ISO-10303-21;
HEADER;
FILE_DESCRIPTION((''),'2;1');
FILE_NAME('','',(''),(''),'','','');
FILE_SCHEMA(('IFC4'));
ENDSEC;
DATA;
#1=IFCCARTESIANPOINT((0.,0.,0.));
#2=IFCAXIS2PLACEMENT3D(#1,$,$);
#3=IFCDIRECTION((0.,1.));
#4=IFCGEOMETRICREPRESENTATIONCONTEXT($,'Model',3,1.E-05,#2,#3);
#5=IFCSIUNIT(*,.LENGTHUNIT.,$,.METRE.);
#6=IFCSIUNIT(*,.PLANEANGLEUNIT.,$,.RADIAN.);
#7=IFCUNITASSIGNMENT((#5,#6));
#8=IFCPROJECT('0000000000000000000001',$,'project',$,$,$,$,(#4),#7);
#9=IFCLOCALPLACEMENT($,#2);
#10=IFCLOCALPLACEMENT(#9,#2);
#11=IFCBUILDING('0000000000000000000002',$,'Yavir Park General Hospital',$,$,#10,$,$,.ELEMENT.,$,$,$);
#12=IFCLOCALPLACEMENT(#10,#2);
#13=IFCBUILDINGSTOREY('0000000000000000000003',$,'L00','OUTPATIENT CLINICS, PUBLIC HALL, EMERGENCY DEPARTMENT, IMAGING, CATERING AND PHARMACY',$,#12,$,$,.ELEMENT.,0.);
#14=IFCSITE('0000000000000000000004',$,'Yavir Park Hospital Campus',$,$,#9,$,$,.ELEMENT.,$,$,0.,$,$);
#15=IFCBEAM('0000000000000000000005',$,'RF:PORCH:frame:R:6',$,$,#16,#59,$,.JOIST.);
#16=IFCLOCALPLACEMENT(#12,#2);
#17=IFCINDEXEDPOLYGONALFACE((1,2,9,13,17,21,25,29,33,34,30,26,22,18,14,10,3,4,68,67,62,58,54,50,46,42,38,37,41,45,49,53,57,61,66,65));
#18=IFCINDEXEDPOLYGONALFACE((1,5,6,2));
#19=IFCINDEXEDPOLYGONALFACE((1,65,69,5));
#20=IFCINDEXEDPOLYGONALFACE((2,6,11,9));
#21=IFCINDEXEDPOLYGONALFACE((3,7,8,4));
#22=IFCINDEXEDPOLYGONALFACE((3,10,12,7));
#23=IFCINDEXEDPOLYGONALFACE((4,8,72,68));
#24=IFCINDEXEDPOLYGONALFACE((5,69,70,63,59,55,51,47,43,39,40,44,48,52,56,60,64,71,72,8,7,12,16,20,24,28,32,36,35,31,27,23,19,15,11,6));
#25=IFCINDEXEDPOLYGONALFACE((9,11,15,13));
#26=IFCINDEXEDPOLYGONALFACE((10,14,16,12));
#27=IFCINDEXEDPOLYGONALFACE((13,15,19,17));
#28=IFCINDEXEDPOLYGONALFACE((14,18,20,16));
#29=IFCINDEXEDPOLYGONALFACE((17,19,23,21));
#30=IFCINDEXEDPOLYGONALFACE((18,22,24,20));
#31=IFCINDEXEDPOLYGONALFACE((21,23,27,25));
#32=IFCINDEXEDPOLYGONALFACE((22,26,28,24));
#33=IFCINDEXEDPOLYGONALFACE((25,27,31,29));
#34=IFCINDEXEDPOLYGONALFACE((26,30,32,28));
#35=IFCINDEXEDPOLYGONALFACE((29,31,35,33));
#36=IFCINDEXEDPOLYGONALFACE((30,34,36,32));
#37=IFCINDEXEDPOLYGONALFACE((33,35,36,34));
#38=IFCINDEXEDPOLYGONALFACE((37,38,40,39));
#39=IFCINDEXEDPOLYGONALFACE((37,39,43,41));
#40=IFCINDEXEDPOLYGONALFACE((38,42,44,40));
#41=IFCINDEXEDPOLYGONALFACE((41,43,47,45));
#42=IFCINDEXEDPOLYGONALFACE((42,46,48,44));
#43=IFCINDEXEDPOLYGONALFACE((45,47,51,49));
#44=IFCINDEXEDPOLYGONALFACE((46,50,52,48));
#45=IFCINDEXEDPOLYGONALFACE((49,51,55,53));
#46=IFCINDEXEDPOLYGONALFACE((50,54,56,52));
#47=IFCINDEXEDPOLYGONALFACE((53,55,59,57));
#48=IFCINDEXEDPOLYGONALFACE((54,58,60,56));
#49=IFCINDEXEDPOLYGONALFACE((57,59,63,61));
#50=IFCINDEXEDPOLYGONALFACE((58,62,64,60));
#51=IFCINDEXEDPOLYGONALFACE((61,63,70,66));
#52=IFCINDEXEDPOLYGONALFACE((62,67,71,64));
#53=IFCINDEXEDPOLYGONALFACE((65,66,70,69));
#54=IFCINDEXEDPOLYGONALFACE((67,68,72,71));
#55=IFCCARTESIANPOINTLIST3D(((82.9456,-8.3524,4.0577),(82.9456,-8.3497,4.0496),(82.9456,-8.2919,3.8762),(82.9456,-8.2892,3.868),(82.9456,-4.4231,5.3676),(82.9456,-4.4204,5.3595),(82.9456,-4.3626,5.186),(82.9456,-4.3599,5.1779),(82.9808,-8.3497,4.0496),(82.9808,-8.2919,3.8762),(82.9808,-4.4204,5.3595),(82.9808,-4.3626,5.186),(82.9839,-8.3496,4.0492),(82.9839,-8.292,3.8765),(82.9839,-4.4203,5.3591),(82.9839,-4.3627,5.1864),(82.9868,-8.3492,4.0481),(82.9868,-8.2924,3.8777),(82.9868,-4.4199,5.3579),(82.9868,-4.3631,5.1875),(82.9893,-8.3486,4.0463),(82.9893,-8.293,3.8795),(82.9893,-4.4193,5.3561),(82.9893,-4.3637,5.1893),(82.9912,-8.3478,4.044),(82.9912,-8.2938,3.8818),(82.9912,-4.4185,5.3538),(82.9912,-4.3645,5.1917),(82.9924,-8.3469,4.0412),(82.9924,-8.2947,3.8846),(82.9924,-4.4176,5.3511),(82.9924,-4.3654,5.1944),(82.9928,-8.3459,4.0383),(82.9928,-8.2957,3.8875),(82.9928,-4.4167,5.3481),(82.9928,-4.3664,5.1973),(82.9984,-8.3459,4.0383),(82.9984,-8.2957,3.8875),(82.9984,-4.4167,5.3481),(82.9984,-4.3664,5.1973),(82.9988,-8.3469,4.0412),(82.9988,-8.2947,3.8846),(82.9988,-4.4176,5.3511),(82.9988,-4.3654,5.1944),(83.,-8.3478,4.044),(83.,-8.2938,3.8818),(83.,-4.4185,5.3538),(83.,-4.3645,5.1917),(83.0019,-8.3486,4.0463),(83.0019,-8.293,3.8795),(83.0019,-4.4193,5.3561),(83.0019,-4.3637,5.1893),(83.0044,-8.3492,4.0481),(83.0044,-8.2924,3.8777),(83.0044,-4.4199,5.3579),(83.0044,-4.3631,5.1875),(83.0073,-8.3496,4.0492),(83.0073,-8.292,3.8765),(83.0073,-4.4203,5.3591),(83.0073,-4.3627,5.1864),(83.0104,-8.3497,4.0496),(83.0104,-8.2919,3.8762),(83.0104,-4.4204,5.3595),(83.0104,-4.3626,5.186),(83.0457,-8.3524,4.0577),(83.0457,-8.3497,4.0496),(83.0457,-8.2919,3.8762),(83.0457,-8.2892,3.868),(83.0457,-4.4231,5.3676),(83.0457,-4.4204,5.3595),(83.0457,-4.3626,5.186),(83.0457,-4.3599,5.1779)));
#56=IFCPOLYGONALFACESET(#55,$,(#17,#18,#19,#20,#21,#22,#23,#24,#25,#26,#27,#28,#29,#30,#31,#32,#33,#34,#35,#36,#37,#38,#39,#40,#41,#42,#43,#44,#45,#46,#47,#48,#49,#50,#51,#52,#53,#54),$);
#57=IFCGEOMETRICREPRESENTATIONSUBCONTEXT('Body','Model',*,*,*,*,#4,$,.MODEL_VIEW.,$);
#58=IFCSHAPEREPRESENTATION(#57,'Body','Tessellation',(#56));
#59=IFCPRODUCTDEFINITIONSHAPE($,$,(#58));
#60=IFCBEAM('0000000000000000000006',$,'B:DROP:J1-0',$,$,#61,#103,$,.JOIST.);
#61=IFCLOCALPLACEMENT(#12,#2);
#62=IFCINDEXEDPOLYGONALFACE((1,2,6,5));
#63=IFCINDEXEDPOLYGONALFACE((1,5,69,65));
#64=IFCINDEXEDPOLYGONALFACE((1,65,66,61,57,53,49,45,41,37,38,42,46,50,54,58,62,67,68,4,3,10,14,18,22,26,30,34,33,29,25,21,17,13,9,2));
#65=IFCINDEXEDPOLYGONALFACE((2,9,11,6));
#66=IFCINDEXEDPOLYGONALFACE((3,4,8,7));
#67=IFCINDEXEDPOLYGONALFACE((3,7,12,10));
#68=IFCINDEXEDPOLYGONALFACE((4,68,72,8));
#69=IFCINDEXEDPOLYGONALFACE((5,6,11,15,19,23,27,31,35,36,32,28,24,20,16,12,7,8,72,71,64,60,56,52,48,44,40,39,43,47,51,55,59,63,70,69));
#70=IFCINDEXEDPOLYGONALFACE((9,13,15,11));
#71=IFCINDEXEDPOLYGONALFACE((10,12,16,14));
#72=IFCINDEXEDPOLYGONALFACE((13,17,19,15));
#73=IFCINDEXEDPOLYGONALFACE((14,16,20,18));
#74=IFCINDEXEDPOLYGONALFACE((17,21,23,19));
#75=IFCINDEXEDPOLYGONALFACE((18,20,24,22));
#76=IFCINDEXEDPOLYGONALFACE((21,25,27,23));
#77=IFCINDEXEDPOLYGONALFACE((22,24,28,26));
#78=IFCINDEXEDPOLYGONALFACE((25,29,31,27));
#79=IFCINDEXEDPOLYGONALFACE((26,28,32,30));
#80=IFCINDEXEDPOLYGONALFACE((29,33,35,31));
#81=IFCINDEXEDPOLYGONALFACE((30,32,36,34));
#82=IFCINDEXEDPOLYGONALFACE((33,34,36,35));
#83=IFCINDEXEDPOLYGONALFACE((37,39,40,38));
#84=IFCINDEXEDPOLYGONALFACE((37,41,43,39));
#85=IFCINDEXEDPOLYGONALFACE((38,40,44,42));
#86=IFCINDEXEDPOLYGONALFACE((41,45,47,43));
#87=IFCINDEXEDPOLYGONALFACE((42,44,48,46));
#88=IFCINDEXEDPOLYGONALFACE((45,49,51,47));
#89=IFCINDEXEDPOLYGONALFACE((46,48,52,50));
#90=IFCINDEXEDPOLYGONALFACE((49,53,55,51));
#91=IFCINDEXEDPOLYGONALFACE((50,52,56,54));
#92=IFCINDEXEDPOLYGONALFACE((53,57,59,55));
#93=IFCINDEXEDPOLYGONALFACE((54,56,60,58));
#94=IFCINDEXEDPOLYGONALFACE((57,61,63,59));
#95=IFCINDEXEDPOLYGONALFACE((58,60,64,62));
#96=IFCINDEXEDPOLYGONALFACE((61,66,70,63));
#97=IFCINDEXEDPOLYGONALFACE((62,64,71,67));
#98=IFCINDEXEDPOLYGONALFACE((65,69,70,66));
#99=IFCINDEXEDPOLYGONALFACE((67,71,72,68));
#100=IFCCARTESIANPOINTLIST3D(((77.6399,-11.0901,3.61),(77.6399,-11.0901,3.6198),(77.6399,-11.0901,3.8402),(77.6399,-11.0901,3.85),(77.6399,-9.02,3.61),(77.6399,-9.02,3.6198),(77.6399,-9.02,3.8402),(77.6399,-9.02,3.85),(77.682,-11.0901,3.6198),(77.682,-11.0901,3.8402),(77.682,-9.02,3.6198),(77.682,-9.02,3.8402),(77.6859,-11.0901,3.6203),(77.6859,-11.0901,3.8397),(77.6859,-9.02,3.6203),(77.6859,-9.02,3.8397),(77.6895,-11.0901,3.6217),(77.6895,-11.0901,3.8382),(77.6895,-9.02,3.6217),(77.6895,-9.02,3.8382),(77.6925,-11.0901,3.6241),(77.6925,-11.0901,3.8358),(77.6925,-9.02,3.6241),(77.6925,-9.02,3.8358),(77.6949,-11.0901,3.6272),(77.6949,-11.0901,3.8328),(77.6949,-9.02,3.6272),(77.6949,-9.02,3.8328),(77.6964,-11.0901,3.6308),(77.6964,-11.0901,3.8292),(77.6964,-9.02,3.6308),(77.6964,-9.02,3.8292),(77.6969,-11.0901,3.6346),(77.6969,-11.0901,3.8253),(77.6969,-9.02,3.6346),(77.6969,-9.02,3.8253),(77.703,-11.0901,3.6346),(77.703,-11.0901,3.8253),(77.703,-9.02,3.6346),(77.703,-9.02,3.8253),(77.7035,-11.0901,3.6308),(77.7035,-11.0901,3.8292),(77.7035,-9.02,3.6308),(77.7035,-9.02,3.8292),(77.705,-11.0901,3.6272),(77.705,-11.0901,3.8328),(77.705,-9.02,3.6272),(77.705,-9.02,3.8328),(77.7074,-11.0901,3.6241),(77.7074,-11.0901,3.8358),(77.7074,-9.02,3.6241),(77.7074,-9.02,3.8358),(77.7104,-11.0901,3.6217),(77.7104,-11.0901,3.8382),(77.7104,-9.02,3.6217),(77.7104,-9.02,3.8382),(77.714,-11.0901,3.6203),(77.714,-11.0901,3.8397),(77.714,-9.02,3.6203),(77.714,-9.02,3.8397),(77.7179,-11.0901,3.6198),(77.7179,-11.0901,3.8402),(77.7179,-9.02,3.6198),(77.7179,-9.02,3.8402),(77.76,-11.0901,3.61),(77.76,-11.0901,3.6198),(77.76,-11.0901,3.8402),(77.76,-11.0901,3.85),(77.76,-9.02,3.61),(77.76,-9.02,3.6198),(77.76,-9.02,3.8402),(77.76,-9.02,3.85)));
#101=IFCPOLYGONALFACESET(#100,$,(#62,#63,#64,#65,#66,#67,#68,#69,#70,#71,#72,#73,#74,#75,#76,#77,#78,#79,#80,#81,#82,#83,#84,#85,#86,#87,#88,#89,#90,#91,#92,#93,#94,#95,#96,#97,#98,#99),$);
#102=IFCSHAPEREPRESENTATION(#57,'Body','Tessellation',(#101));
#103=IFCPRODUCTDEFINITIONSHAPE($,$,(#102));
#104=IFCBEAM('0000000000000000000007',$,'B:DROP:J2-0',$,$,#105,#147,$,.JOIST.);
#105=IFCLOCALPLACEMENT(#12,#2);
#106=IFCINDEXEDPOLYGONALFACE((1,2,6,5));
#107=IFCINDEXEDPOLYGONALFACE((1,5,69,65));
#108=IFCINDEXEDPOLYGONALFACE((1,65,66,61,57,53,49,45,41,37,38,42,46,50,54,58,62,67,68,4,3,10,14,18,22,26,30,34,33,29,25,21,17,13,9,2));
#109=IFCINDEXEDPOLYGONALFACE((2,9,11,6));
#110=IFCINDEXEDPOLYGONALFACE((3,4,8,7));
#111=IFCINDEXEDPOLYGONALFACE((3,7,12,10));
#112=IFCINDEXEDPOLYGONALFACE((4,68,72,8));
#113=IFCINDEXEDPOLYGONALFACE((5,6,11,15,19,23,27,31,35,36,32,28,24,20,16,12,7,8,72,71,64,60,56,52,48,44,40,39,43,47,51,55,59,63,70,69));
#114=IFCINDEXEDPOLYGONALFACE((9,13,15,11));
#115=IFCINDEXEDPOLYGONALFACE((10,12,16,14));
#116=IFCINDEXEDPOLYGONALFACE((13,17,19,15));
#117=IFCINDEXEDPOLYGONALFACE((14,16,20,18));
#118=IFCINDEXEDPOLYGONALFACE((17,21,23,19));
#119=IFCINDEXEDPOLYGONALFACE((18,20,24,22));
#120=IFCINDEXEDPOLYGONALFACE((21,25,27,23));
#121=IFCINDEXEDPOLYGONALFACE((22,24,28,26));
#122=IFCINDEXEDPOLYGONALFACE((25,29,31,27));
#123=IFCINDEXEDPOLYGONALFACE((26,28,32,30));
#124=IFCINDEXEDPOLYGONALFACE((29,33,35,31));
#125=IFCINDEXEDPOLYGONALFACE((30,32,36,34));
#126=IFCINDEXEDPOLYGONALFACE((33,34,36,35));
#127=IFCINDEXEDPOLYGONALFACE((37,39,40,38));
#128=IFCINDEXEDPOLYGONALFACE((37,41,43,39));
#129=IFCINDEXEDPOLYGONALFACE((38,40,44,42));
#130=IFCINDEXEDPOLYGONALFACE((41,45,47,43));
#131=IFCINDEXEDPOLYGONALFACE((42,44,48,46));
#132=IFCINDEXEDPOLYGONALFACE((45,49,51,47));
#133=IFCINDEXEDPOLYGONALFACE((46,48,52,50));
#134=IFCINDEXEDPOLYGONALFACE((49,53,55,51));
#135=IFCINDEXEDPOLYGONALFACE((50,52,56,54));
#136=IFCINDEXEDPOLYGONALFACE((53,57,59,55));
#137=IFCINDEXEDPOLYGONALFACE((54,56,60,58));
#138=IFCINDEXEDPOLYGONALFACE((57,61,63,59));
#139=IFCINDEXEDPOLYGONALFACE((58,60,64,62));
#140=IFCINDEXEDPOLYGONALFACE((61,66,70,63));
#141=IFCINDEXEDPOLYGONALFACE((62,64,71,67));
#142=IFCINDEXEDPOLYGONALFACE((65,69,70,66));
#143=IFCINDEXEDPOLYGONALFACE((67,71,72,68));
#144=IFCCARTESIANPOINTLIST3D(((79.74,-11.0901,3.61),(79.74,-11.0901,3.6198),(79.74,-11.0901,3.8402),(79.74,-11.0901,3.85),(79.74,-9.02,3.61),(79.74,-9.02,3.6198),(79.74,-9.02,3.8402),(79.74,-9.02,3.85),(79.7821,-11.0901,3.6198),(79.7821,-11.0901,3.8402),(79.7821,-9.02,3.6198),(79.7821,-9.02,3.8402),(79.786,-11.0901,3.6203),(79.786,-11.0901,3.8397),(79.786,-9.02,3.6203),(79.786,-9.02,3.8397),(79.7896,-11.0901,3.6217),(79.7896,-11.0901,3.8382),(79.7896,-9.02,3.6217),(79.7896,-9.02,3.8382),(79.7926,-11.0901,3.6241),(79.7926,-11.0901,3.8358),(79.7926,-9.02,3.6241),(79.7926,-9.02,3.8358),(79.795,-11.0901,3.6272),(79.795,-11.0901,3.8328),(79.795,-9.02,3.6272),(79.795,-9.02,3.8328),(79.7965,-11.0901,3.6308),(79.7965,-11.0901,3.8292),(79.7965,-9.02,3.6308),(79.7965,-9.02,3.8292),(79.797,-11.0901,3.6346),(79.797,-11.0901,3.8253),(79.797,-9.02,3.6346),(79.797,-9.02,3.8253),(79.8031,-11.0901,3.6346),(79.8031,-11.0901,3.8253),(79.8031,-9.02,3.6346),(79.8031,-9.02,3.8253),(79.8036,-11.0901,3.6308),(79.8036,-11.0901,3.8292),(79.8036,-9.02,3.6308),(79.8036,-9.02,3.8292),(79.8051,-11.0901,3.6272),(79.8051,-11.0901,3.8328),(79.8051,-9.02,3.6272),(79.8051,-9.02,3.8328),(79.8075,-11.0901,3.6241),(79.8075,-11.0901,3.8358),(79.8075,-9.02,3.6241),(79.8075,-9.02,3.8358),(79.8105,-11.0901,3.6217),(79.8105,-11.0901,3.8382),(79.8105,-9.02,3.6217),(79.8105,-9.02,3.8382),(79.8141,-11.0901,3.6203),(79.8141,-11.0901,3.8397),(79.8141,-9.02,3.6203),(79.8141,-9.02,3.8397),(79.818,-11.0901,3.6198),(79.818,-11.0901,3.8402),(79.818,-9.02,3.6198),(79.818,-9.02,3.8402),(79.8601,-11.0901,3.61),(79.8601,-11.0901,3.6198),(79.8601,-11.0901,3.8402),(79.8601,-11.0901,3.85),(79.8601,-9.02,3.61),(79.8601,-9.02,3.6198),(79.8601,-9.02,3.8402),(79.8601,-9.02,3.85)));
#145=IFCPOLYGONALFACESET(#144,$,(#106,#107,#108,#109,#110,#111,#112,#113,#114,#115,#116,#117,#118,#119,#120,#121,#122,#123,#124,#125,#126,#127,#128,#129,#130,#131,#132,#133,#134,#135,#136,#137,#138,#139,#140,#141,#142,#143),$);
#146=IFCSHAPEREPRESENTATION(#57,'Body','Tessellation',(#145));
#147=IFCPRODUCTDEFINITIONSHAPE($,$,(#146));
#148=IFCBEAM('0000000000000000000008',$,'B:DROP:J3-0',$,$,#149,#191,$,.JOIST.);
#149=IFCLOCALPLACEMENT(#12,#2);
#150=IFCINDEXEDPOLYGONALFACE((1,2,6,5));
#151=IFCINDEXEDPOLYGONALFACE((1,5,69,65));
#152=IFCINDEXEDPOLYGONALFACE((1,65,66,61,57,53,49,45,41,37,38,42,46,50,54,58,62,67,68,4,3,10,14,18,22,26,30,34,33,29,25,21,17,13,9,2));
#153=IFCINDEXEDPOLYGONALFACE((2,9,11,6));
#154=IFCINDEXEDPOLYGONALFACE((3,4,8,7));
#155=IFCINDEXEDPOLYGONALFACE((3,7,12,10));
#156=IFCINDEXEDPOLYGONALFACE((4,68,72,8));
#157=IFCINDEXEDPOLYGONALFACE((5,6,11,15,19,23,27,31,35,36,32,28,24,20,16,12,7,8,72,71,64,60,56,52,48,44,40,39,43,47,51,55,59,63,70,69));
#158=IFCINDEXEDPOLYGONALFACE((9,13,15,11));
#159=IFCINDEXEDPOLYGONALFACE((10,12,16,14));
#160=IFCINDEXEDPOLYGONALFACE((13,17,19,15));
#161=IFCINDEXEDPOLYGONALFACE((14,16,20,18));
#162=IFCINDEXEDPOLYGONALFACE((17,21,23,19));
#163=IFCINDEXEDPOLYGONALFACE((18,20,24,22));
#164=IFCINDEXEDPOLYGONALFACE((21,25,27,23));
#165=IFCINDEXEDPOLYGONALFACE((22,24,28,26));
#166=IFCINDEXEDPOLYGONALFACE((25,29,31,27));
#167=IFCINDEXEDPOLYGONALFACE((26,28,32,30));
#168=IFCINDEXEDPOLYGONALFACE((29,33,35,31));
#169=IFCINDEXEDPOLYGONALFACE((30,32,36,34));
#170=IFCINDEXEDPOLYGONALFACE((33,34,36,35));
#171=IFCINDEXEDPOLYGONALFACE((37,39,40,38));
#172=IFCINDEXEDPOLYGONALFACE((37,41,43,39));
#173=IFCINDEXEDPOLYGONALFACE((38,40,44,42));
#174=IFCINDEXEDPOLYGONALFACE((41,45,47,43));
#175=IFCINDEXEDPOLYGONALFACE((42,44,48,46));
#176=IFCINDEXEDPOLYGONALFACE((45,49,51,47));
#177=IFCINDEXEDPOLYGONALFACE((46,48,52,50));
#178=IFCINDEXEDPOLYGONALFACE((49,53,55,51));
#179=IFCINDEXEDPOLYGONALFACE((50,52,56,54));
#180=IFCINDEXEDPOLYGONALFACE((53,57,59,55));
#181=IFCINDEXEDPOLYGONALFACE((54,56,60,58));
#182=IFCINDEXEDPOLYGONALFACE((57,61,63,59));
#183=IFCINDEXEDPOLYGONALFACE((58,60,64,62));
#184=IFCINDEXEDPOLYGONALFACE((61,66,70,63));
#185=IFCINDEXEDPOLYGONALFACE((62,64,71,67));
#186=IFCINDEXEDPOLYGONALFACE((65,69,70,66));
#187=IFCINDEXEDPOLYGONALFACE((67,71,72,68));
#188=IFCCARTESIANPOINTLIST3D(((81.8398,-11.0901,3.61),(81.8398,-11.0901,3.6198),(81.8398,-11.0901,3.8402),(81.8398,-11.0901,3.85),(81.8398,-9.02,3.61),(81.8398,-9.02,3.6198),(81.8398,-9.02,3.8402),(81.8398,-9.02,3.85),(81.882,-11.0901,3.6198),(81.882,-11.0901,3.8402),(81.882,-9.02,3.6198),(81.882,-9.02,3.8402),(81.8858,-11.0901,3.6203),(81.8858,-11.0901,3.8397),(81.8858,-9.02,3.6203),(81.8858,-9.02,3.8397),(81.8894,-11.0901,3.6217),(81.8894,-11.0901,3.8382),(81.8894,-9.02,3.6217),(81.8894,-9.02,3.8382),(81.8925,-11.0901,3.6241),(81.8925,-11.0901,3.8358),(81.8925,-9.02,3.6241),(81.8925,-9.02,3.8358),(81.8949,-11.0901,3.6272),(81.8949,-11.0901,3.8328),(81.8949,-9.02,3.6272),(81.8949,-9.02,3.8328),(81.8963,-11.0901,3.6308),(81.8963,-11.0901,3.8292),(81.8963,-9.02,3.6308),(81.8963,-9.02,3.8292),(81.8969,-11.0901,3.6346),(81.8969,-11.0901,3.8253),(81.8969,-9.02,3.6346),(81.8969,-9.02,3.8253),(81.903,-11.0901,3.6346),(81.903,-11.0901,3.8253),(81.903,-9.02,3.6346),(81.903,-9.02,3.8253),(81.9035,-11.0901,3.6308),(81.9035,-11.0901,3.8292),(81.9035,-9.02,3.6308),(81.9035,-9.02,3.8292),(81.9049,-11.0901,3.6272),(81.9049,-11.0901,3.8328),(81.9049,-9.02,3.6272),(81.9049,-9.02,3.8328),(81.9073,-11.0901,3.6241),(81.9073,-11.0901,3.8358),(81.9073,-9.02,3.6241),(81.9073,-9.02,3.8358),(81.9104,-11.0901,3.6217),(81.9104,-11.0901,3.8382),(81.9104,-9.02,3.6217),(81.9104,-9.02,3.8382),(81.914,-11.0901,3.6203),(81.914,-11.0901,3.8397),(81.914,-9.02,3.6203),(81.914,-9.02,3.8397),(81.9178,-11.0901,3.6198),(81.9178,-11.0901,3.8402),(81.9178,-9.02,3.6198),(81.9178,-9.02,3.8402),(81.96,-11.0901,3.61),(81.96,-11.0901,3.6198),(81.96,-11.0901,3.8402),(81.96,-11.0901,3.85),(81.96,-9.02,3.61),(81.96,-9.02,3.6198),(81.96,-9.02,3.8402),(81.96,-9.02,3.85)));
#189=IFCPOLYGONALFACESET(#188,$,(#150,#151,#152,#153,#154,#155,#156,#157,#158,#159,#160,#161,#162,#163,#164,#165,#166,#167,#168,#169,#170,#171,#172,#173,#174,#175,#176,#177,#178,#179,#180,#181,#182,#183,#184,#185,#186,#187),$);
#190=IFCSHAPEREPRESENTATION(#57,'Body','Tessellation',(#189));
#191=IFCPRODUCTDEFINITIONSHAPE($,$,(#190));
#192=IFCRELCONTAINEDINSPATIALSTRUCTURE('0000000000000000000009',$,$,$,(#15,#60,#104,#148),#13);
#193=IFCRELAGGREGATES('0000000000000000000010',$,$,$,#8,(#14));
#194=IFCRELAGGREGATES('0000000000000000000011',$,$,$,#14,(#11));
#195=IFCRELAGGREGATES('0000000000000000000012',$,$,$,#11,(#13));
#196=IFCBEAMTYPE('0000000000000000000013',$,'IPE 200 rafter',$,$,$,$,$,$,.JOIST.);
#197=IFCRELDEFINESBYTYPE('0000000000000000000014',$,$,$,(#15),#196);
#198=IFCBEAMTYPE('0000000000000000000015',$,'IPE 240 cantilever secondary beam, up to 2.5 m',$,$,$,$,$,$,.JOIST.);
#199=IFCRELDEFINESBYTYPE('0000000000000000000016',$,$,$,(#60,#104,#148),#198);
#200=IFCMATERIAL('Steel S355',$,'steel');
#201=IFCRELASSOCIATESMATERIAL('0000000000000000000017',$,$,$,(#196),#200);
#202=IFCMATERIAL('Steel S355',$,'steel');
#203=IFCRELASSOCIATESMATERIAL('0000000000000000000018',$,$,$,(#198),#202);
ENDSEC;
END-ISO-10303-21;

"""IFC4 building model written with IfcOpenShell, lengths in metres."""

from ifc_helpers import new_model, si_unit, direction, frame, origin, origin_2d, place, context, subcontext, project, spatial, i_section, extrude, material, material_profile, profile_set, type_object, element, save


model = new_model("IFC4")

# Units and contexts
model_context = context("Model", 3, precision=1e-05, world=origin(), true_north=direction((0.0, 1.0)))
body_context = subcontext(model_context, "Body", "Model", "MODEL_VIEW")
ifc_project = project(units=[si_unit("LENGTHUNIT", "METRE"), si_unit("PLANEANGLEUNIT", "RADIAN")], contexts=[model_context])

# Site, building, storey
site_placement = place(None, origin())
site = spatial("IfcSite", under=ifc_project, at=site_placement, Name="Yavir Park Hospital Campus", CompositionType="ELEMENT", RefElevation=0.0)
building_placement = place(site_placement, origin())
building = spatial("IfcBuilding", under=site, at=building_placement, Name="Yavir Park General Hospital", CompositionType="ELEMENT")
storey_placement = place(building_placement, origin())
storey = spatial("IfcBuildingStorey", under=building, at=storey_placement, Name="L00", Description="OUTPATIENT CLINICS, PUBLIC HALL, EMERGENCY DEPARTMENT, IMAGING, CATERING AND PHARMACY", CompositionType="ELEMENT", Elevation=0.0)

# Beams
ifc_material_1 = material(Name="Steel S355", Category="steel")
ifc_material_profile_1 = material_profile(ifc_material_1, i_section(OverallWidth=0.1001, OverallDepth=0.2, WebThickness=0.0056, FlangeThickness=0.0085, FilletRadius=0.012, at=origin_2d()), Name="IPE200")
ifc_profile_set_1 = profile_set([ifc_material_profile_1], Name="Steel S355")
beam_type_1 = type_object("IfcBeamType", Name="IPE 200 rafter", PredefinedType="JOIST", material=ifc_profile_set_1)
for number, where, z_axis, x_axis, name in (
    (1, (82.9956, -8.3208, 3.9629), (0.0, 0.948677, 0.316245), (-1.0, 0.0, 0.0), "RF:PORCH:frame:R:6"),
):
    element("IfcBeam", number, at=place(storey_placement, frame(where, z_axis=z_axis, x_axis=x_axis)), inside=storey, type_object=beam_type_1, Name=name, PredefinedType="JOIST", context=body_context, shape_type="SweptSolid", body=[
        extrude(i_section(OverallWidth=0.1001, OverallDepth=0.2, WebThickness=0.0056, FlangeThickness=0.0085, FilletRadius=0.012, at=origin_2d()), origin(), (0.0, 0.0, 1.0), 4.1418),
    ])
ifc_material_2 = material(Name="Steel S355", Category="steel")
ifc_material_profile_2 = material_profile(ifc_material_2, i_section(OverallWidth=0.1201, OverallDepth=0.24, WebThickness=0.0061, FlangeThickness=0.0098, FilletRadius=0.0149, at=origin_2d()), Name="IPE240")
ifc_profile_set_2 = profile_set([ifc_material_profile_2], Name="Steel S355")
beam_type_2 = type_object("IfcBeamType", Name="IPE 240 cantilever secondary beam, up to 2.5 m", PredefinedType="JOIST", material=ifc_profile_set_2)
for number, where, z_axis, x_axis, name in (
    (2, (77.7, -9.02, 3.73), (0.0, -1.0, 0.0), (1.0, 0.0, 0.0), "B:DROP:J1-0"),
    (3, (79.8, -9.02, 3.73), (0.0, -1.0, 0.0), (1.0, 0.0, 0.0), "B:DROP:J2-0"),
    (4, (81.8999, -9.02, 3.73), (0.0, -1.0, 0.0), (1.0, 0.0, 0.0), "B:DROP:J3-0"),
):
    element("IfcBeam", number, at=place(storey_placement, frame(where, z_axis=z_axis, x_axis=x_axis)), inside=storey, type_object=beam_type_2, Name=name, PredefinedType="JOIST", context=body_context, shape_type="SweptSolid", body=[
        extrude(i_section(OverallWidth=0.1201, OverallDepth=0.24, WebThickness=0.0061, FlangeThickness=0.0098, FilletRadius=0.0149, at=origin_2d()), origin(), (0.0, 0.0, 1.0), 2.0701),
    ])

save(model, "model.ifc")
